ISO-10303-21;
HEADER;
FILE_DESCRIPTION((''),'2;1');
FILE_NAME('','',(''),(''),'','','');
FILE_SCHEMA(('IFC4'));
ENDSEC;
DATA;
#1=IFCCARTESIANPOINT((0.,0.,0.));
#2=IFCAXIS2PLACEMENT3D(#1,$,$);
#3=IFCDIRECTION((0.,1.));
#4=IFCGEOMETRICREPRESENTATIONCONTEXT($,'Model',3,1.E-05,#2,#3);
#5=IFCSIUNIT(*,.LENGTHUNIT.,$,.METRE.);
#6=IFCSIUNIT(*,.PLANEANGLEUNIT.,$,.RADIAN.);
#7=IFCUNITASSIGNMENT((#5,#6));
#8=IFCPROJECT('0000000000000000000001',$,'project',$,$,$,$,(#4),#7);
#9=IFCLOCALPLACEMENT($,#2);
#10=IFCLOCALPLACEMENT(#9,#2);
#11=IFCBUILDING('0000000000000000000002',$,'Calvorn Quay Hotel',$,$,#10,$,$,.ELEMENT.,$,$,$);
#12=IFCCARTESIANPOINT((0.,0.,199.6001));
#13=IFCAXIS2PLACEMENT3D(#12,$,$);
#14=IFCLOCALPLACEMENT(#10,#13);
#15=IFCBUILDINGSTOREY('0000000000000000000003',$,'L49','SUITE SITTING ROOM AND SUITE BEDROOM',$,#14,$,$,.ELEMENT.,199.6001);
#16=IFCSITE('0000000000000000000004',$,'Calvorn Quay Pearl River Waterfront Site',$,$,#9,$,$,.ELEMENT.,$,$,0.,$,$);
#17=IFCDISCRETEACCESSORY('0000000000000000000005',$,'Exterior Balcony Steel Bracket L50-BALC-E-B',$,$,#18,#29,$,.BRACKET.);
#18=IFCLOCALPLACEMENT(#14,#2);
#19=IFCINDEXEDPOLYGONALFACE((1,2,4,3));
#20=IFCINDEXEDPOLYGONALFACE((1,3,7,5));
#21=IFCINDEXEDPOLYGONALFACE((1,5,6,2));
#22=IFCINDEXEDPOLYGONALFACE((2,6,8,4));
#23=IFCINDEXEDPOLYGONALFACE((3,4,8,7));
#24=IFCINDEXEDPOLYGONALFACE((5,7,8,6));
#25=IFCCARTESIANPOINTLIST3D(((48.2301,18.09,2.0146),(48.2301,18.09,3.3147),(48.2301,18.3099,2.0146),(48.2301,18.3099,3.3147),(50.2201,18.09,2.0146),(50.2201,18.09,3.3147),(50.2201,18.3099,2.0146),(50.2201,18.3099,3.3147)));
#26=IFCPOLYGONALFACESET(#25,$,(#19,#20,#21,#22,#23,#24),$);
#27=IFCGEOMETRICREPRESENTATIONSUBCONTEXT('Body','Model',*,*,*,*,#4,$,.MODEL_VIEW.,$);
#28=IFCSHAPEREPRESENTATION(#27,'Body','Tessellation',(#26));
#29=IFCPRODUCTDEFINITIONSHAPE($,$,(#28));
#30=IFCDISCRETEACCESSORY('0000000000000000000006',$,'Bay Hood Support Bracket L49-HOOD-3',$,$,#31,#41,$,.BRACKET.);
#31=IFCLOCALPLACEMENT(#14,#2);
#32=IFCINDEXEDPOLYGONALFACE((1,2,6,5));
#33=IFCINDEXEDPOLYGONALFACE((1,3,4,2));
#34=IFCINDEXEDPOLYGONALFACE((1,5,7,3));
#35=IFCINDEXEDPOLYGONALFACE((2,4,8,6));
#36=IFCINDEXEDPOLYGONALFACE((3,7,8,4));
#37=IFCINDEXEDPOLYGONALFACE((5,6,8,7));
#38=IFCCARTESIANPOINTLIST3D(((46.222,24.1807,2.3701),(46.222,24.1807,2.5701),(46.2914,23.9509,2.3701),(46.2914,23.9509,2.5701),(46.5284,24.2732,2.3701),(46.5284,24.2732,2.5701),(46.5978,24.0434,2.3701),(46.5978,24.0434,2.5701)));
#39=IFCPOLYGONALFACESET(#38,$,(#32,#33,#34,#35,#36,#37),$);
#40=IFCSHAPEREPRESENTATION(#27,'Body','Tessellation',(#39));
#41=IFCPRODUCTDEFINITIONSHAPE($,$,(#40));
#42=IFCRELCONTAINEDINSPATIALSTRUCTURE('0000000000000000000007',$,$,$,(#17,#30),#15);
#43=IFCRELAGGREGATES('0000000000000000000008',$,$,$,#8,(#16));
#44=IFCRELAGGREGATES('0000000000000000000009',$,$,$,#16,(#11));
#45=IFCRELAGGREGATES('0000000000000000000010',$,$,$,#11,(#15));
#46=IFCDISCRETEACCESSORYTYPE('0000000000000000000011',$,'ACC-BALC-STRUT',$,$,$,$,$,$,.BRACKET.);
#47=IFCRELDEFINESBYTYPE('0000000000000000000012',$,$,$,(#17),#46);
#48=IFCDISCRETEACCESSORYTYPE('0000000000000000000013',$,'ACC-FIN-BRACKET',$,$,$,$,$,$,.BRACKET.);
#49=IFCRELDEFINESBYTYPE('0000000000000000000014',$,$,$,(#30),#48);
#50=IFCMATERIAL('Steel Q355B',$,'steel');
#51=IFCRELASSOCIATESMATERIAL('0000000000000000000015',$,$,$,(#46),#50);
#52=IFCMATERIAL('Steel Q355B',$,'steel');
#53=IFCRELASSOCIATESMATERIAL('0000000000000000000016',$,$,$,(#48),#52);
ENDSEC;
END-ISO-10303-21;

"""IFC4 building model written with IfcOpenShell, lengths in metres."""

from ifc_helpers import new_model, si_unit, direction, frame, origin, origin_2d, place, context, subcontext, project, spatial, rectangle, extrude, material, type_object, element, save


model = new_model("IFC4")

# Units and contexts
model_context = context("Model", 3, precision=1e-05, world=origin(), true_north=direction((0.0, 1.0)))
body_context = subcontext(model_context, "Body", "Model", "MODEL_VIEW")
ifc_project = project(units=[si_unit("LENGTHUNIT", "METRE"), si_unit("PLANEANGLEUNIT", "RADIAN")], contexts=[model_context])

# Site, building, storey
site_placement = place(None, origin())
site = spatial("IfcSite", under=ifc_project, at=site_placement, Name="Calvorn Quay Pearl River Waterfront Site", CompositionType="ELEMENT", RefElevation=0.0)
building_placement = place(site_placement, origin())
building = spatial("IfcBuilding", under=site, at=building_placement, Name="Calvorn Quay Hotel", CompositionType="ELEMENT")
storey_placement = place(building_placement, frame((0.0, 0.0, 199.6001)))
storey = spatial("IfcBuildingStorey", under=building, at=storey_placement, Name="L49", Description="SUITE SITTING ROOM AND SUITE BEDROOM", CompositionType="ELEMENT", Elevation=199.6001)

# Discrete accessories
ifc_material_1 = material(Name="Steel Q355B", Category="steel")
discrete_accessory_type_1 = type_object("IfcDiscreteAccessoryType", Name="ACC-BALC-STRUT", PredefinedType="BRACKET", material=ifc_material_1)
for number, where, z_axis, x_axis, name in (
    (1, (49.2251, 18.2, 2.0146), (0.0, 0.0, 1.0), (1.0, 0.0, 0.0), "Exterior Balcony Steel Bracket L50-BALC-E-B"),
):
    element("IfcDiscreteAccessory", number, at=place(storey_placement, frame(where, z_axis=z_axis, x_axis=x_axis)), inside=storey, type_object=discrete_accessory_type_1, Name=name, PredefinedType="BRACKET", context=body_context, shape_type="SweptSolid", body=[
        extrude(rectangle(XDim=1.99, YDim=0.22, at=origin_2d()), origin(), (0.0, 0.0, 1.0), 1.3),
    ])
ifc_material_2 = material(Name="Steel Q355B", Category="steel")
discrete_accessory_type_2 = type_object("IfcDiscreteAccessoryType", Name="ACC-FIN-BRACKET", PredefinedType="BRACKET", material=ifc_material_2)
discrete_accessory_placement = place(storey_placement, frame((46.4099, 24.1121, 2.3701), z_axis=(0.0, 0.0, 1.0), x_axis=(0.957319, 0.289032, 0.0)))
element("IfcDiscreteAccessory", 2, at=discrete_accessory_placement, inside=storey, type_object=discrete_accessory_type_2, Name="Bay Hood Support Bracket L49-HOOD-3", PredefinedType="BRACKET", context=body_context, shape_type="SweptSolid", body=[
    extrude(rectangle(XDim=0.3201, YDim=0.24, at=origin_2d()), origin(), (0.0, 0.0, 1.0), 0.2),
])

save(model, "model.ifc")
